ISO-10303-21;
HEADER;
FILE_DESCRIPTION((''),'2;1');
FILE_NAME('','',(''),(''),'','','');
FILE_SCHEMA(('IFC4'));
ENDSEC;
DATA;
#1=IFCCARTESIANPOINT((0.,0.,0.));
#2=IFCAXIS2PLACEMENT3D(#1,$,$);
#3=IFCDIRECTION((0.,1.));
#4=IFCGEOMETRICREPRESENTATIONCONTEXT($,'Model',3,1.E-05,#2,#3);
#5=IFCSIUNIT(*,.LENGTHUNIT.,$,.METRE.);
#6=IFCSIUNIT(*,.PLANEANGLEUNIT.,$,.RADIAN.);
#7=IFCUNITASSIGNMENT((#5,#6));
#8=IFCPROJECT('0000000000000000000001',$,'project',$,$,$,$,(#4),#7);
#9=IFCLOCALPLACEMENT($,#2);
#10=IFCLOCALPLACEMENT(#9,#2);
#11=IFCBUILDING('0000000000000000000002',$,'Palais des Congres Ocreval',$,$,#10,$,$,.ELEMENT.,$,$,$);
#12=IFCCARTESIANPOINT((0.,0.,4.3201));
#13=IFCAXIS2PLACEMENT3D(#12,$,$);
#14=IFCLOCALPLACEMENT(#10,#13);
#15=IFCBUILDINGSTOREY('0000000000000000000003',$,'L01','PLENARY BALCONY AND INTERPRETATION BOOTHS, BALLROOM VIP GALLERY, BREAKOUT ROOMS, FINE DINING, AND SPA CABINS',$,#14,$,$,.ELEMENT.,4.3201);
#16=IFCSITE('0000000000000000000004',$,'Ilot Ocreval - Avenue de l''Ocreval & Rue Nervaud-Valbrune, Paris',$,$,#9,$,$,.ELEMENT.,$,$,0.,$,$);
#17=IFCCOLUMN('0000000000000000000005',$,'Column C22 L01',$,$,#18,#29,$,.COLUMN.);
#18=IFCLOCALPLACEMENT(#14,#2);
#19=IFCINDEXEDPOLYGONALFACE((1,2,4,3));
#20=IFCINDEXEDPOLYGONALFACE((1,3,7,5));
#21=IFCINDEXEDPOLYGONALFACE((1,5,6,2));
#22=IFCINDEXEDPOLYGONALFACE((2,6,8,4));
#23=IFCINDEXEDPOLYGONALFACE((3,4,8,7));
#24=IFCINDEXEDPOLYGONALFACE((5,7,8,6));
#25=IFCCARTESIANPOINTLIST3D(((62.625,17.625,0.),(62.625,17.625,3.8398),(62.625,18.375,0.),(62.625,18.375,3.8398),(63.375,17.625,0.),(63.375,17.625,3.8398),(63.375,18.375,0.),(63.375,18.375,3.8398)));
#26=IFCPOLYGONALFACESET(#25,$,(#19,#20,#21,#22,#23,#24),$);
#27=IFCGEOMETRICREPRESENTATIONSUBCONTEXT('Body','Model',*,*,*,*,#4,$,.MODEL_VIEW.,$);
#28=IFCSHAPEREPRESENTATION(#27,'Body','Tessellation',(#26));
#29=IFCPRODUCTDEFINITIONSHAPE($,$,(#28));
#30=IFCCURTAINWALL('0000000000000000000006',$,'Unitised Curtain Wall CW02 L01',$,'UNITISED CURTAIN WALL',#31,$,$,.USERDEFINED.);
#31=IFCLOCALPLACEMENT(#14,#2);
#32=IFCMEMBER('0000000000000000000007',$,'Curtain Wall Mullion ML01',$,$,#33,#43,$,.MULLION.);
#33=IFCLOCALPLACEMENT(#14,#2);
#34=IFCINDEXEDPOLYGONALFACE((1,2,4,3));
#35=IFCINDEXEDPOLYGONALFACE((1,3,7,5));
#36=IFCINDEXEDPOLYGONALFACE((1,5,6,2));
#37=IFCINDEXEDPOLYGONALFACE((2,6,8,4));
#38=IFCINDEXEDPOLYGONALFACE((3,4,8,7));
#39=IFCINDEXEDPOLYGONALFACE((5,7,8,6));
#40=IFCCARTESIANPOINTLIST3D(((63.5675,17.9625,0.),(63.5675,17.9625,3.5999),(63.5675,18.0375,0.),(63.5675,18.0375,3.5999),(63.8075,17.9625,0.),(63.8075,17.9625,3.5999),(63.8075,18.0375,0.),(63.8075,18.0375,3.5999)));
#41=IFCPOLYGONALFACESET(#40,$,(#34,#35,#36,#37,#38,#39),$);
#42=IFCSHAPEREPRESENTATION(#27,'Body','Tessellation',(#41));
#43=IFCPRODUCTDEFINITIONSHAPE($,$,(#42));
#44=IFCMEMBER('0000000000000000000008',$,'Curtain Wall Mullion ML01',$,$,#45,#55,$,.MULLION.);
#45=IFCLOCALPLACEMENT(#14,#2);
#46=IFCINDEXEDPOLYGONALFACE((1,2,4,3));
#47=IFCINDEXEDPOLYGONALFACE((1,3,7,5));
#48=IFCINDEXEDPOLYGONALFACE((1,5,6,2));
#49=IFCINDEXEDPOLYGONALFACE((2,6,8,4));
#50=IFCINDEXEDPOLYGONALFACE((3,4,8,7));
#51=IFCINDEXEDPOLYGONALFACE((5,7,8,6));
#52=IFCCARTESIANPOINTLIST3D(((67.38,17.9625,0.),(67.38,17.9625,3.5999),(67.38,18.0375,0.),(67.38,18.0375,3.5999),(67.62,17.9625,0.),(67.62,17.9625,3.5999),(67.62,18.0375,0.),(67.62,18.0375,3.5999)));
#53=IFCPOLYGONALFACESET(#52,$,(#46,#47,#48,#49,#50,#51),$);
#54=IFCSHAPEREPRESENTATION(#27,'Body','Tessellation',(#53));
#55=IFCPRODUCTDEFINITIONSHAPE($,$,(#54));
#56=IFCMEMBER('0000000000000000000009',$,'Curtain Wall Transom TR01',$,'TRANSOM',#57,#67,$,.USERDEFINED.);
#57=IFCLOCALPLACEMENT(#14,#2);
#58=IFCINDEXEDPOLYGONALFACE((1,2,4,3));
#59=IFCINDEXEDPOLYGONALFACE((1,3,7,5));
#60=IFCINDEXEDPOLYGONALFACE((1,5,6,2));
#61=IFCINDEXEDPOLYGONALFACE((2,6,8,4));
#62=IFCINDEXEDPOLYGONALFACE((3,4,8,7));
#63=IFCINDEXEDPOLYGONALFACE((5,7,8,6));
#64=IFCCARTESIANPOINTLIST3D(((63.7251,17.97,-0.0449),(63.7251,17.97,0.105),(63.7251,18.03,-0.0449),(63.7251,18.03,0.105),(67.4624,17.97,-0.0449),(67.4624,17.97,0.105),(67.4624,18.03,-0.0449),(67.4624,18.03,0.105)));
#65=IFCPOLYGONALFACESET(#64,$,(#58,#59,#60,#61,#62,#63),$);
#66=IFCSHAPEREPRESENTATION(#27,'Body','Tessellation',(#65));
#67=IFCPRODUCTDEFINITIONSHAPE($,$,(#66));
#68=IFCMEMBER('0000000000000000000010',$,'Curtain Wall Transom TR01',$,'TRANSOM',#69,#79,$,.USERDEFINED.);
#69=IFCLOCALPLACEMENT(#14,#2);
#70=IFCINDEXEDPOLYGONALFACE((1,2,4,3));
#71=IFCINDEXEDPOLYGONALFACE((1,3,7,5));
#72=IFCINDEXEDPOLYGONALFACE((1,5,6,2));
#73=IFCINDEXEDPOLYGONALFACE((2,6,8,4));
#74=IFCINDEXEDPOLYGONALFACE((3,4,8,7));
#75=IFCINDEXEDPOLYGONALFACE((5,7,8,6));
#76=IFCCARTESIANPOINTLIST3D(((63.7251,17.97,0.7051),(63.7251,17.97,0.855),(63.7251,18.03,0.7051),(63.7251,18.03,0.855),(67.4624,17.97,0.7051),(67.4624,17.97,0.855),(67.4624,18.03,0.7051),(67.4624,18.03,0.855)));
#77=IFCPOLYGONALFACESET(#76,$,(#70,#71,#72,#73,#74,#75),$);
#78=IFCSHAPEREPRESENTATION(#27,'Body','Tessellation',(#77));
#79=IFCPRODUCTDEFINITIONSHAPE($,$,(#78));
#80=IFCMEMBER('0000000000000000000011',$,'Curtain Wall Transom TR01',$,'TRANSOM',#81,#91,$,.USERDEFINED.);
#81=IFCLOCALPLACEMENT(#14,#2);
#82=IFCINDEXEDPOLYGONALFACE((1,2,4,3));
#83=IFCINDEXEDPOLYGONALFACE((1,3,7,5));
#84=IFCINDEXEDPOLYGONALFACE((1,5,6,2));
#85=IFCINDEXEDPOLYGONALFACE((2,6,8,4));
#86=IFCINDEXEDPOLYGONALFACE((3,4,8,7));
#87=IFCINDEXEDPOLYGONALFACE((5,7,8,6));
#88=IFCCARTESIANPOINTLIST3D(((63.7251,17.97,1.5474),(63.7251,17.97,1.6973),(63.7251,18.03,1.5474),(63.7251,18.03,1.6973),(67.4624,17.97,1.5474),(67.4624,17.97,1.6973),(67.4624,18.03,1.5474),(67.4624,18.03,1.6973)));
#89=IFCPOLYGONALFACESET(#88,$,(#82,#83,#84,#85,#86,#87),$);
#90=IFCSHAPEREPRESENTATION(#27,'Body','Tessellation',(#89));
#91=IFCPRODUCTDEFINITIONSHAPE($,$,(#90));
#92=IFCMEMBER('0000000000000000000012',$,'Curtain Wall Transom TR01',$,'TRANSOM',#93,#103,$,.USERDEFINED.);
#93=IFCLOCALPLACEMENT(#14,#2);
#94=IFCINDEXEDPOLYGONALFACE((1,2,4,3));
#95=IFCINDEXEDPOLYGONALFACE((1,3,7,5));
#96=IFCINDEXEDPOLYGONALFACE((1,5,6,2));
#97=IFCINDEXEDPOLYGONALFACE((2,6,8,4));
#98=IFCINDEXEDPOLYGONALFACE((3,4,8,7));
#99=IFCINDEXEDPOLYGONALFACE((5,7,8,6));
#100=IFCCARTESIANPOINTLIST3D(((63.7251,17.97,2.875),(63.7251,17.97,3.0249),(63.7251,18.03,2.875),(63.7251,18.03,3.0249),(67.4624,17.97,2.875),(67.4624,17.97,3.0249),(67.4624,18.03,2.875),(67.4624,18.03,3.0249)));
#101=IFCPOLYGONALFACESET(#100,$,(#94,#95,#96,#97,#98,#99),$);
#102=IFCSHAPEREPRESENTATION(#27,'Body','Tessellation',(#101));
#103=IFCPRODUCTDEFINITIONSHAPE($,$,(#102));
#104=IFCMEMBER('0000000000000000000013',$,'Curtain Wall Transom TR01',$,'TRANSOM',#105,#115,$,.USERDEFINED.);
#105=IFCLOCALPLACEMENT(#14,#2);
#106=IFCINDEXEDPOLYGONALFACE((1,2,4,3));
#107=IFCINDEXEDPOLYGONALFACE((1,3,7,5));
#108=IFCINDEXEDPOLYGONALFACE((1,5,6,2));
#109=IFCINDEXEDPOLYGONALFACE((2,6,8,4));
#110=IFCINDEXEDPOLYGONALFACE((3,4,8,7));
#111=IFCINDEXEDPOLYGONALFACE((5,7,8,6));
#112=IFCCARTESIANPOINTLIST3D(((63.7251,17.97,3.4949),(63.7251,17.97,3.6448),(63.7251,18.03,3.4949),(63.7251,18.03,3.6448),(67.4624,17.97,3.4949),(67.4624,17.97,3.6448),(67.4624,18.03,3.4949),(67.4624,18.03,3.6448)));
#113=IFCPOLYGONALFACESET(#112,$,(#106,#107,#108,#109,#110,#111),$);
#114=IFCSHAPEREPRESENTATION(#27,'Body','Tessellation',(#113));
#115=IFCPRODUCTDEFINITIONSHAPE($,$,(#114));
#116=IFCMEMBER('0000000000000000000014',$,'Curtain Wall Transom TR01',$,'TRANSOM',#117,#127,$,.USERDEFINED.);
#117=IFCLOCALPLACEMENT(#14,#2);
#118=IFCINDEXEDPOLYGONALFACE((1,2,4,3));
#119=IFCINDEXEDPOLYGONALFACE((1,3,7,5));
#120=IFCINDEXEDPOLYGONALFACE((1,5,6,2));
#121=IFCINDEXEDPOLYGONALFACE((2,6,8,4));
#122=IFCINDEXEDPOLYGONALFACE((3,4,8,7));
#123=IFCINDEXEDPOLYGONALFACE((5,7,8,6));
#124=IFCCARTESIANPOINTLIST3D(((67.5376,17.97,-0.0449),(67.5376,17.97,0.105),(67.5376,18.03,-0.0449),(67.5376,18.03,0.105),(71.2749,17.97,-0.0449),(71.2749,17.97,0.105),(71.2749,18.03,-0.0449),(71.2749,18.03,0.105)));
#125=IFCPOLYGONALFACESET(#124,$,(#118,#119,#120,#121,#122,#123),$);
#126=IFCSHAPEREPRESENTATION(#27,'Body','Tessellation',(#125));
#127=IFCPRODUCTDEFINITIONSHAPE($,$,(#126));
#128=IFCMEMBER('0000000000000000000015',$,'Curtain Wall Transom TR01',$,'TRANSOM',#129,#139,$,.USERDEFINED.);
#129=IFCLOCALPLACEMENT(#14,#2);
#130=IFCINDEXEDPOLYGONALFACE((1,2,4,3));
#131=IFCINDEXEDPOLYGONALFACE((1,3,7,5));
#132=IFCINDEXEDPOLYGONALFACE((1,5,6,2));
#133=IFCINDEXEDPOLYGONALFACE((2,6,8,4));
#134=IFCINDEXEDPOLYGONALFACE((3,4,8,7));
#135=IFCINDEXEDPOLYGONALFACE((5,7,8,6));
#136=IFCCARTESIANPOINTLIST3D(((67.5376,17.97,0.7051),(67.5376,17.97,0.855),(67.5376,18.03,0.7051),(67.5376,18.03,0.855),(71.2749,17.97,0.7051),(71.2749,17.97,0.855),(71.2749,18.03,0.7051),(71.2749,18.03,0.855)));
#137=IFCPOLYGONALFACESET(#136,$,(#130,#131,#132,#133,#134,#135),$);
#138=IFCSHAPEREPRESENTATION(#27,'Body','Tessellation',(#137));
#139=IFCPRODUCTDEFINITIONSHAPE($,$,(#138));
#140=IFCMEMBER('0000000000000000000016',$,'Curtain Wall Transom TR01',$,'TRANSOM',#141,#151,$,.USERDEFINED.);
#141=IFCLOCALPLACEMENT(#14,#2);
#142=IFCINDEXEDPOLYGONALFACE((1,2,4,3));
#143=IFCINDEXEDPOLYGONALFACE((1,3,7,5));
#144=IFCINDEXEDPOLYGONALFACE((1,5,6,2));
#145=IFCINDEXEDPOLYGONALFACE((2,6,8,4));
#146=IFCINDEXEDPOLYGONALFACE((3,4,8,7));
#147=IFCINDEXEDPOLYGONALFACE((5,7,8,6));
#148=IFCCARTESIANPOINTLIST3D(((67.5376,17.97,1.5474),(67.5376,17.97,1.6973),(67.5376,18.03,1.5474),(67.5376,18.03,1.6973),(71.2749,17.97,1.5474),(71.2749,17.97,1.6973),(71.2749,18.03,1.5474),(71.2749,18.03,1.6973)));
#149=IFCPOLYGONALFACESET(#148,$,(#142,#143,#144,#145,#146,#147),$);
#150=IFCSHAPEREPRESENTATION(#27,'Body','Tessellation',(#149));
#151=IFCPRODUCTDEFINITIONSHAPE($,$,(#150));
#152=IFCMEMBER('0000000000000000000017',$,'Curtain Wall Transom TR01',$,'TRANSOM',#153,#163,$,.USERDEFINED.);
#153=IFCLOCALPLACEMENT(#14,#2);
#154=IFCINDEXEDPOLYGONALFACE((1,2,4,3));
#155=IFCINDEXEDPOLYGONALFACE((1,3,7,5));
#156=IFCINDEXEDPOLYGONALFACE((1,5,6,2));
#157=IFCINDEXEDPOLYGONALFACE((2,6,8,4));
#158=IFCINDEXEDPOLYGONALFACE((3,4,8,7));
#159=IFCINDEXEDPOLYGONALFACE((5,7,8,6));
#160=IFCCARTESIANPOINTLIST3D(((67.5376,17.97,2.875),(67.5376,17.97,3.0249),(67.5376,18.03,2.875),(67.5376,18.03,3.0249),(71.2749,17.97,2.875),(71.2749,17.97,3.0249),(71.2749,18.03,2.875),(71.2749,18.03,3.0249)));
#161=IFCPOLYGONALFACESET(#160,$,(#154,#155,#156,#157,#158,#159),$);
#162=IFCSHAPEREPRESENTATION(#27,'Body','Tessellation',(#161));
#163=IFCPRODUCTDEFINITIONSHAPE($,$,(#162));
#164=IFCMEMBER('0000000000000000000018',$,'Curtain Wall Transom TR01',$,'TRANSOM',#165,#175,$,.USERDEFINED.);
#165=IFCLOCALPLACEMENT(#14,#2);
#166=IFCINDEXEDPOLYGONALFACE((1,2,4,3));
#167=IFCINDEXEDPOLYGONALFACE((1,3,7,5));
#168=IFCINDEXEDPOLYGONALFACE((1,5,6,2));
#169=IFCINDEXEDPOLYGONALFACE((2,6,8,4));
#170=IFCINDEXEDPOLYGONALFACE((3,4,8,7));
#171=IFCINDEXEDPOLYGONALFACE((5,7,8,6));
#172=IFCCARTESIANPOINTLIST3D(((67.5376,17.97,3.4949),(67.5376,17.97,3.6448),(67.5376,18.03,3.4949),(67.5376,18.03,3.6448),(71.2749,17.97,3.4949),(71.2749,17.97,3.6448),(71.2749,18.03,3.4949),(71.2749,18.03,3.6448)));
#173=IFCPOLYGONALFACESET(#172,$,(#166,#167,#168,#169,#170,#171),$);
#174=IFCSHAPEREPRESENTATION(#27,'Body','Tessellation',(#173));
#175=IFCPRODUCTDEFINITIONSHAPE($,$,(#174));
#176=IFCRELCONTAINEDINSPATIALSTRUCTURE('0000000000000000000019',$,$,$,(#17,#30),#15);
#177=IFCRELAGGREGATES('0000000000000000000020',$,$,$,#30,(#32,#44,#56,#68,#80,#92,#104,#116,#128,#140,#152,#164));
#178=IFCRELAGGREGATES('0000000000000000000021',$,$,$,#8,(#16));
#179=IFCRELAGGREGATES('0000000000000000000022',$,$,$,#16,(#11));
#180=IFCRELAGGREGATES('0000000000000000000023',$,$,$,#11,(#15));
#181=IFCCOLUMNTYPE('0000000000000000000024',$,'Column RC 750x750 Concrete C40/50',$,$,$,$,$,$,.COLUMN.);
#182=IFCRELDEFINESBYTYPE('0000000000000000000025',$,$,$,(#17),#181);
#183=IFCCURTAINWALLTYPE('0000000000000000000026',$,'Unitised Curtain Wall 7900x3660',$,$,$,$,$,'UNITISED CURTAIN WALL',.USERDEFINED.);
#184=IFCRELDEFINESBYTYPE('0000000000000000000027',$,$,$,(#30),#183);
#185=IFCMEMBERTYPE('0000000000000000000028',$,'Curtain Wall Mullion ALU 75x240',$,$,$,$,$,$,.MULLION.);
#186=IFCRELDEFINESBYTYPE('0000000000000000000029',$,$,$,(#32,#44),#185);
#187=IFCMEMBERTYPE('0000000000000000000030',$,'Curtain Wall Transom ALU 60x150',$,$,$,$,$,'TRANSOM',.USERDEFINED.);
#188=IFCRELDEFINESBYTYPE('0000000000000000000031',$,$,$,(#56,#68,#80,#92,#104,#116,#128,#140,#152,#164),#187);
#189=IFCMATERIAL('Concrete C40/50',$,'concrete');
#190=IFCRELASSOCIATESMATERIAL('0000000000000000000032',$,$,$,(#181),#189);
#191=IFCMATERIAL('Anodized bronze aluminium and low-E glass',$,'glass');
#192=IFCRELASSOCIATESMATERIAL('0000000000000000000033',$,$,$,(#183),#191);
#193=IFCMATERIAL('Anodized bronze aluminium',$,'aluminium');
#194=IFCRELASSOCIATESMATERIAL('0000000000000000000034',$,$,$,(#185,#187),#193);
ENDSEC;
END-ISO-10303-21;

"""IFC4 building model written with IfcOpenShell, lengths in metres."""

from ifc_helpers import new_model, si_unit, direction, frame, origin, origin_2d, place, context, subcontext, project, spatial, rectangle, extrude, material, material_profile, profile_set, type_object, element, aggregate, save


model = new_model("IFC4")

# Units and contexts
model_context = context("Model", 3, precision=1e-05, world=origin(), true_north=direction((0.0, 1.0)))
body_context = subcontext(model_context, "Body", "Model", "MODEL_VIEW")
ifc_project = project(units=[si_unit("LENGTHUNIT", "METRE"), si_unit("PLANEANGLEUNIT", "RADIAN")], contexts=[model_context])

# Site, building, storey
site_placement = place(None, origin())
site = spatial("IfcSite", under=ifc_project, at=site_placement, Name="Ilot Ocreval - Avenue de l'Ocreval & Rue Nervaud-Valbrune, Paris", CompositionType="ELEMENT", RefElevation=0.0)
building_placement = place(site_placement, origin())
building = spatial("IfcBuilding", under=site, at=building_placement, Name="Palais des Congres Ocreval", CompositionType="ELEMENT")
storey_placement = place(building_placement, frame((0.0, 0.0, 4.3201)))
storey = spatial("IfcBuildingStorey", under=building, at=storey_placement, Name="L01", Description="PLENARY BALCONY AND INTERPRETATION BOOTHS, BALLROOM VIP GALLERY, BREAKOUT ROOMS, FINE DINING, AND SPA CABINS", CompositionType="ELEMENT", Elevation=4.3201)

# Column
ifc_material_1 = material(Name="Concrete C40/50", Category="concrete")
ifc_material_profile_1 = material_profile(ifc_material_1, rectangle(XDim=0.75, YDim=0.75, at=origin_2d()), Name="RC 750x750")
ifc_profile_set_1 = profile_set([ifc_material_profile_1], Name="Concrete C40/50")
column_type = type_object("IfcColumnType", Name="Column RC 750x750 Concrete C40/50", PredefinedType="COLUMN", material=ifc_profile_set_1)
column_placement = place(storey_placement, frame((63.0, 18.0, 0.0), z_axis=(0.0, 0.0, 1.0), x_axis=(1.0, 0.0, 0.0)))
element("IfcColumn", 1, at=column_placement, inside=storey, type_object=column_type, Name="Column C22 L01", PredefinedType="COLUMN", context=body_context, shape_type="SweptSolid", body=[
    extrude(rectangle(XDim=0.75, YDim=0.75, at=origin_2d()), origin(), (0.0, 0.0, 1.0), 3.8398),
])

# Curtain wall, members
ifc_material_2 = material(Name="Anodized bronze aluminium and low-E glass", Category="glass")
curtain_wall_type = type_object("IfcCurtainWallType", Name="Unitised Curtain Wall 7900x3660", ElementType="UNITISED CURTAIN WALL", PredefinedType="USERDEFINED", material=ifc_material_2)
curtain_wall_placement = place(storey_placement, origin())
curtain_wall = element("IfcCurtainWall", 2, at=curtain_wall_placement, inside=storey, type_object=curtain_wall_type, Name="Unitised Curtain Wall CW02 L01", ObjectType="UNITISED CURTAIN WALL", PredefinedType="USERDEFINED")
ifc_material_3 = material(Name="Anodized bronze aluminium", Category="aluminium")
ifc_material_profile_2 = material_profile(ifc_material_3, rectangle(XDim=0.075, YDim=0.24, at=origin_2d()), Name="ALU 75x240")
ifc_profile_set_2 = profile_set([ifc_material_profile_2], Name="Anodized bronze aluminium")
member_type_1 = type_object("IfcMemberType", Name="Curtain Wall Mullion ALU 75x240", PredefinedType="MULLION", material=ifc_profile_set_2)
member_1_placement = place(storey_placement, frame((63.6875, 18.0, 0.0), z_axis=(0.0, 0.0, 1.0), x_axis=(0.0, 1.0, 0.0)))
member_1 = element("IfcMember", 3, at=member_1_placement, type_object=member_type_1, Name="Curtain Wall Mullion ML01", PredefinedType="MULLION", context=body_context, shape_type="SweptSolid", body=[
    extrude(rectangle(XDim=0.075, YDim=0.24, at=origin_2d()), origin(), (0.0, 0.0, 1.0), 3.5999),
])
member_2_placement = place(storey_placement, frame((67.5, 18.0, 0.0), z_axis=(0.0, 0.0, 1.0), x_axis=(0.0, 1.0, 0.0)))
member_2 = element("IfcMember", 4, at=member_2_placement, type_object=member_type_1, Name="Curtain Wall Mullion ML01", PredefinedType="MULLION", context=body_context, shape_type="SweptSolid", body=[
    extrude(rectangle(XDim=0.075, YDim=0.24, at=origin_2d()), origin(), (0.0, 0.0, 1.0), 3.5999),
])
ifc_material_profile_3 = material_profile(ifc_material_3, rectangle(XDim=0.0601, YDim=0.1499, at=origin_2d()), Name="ALU 60x150")
ifc_profile_set_3 = profile_set([ifc_material_profile_3], Name="Anodized bronze aluminium")
member_type_2 = type_object("IfcMemberType", Name="Curtain Wall Transom ALU 60x150", ElementType="TRANSOM", PredefinedType="USERDEFINED", material=ifc_profile_set_3)
member_3_placement = place(storey_placement, frame((63.7251, 18.0, 0.03), z_axis=(1.0, 0.0, 0.0), x_axis=(0.0, 1.0, 0.0)))
member_3 = element("IfcMember", 5, at=member_3_placement, type_object=member_type_2, Name="Curtain Wall Transom TR01", ObjectType="TRANSOM", PredefinedType="USERDEFINED", context=body_context, shape_type="SweptSolid", body=[
    extrude(rectangle(XDim=0.0601, YDim=0.1499, at=origin_2d()), origin(), (0.0, 0.0, 1.0), 3.7373),
])
member_4_placement = place(storey_placement, frame((63.7251, 18.0, 0.78), z_axis=(1.0, 0.0, 0.0), x_axis=(0.0, 1.0, 0.0)))
member_4 = element("IfcMember", 6, at=member_4_placement, type_object=member_type_2, Name="Curtain Wall Transom TR01", ObjectType="TRANSOM", PredefinedType="USERDEFINED", context=body_context, shape_type="SweptSolid", body=[
    extrude(rectangle(XDim=0.0601, YDim=0.1499, at=origin_2d()), origin(), (0.0, 0.0, 1.0), 3.7373),
])
member_5_placement = place(storey_placement, frame((63.7251, 18.0, 1.6223), z_axis=(1.0, 0.0, 0.0), x_axis=(0.0, 1.0, 0.0)))
member_5 = element("IfcMember", 7, at=member_5_placement, type_object=member_type_2, Name="Curtain Wall Transom TR01", ObjectType="TRANSOM", PredefinedType="USERDEFINED", context=body_context, shape_type="SweptSolid", body=[
    extrude(rectangle(XDim=0.0601, YDim=0.1499, at=origin_2d()), origin(), (0.0, 0.0, 1.0), 3.7373),
])
member_6_placement = place(storey_placement, frame((63.7251, 18.0, 2.95), z_axis=(1.0, 0.0, 0.0), x_axis=(0.0, 1.0, 0.0)))
member_6 = element("IfcMember", 8, at=member_6_placement, type_object=member_type_2, Name="Curtain Wall Transom TR01", ObjectType="TRANSOM", PredefinedType="USERDEFINED", context=body_context, shape_type="SweptSolid", body=[
    extrude(rectangle(XDim=0.0601, YDim=0.1499, at=origin_2d()), origin(), (0.0, 0.0, 1.0), 3.7373),
])
member_7_placement = place(storey_placement, frame((63.7251, 18.0, 3.5698), z_axis=(1.0, 0.0, 0.0), x_axis=(0.0, 1.0, 0.0)))
member_7 = element("IfcMember", 9, at=member_7_placement, type_object=member_type_2, Name="Curtain Wall Transom TR01", ObjectType="TRANSOM", PredefinedType="USERDEFINED", context=body_context, shape_type="SweptSolid", body=[
    extrude(rectangle(XDim=0.0601, YDim=0.1499, at=origin_2d()), origin(), (0.0, 0.0, 1.0), 3.7373),
])
member_8_placement = place(storey_placement, frame((67.5376, 18.0, 0.03), z_axis=(1.0, 0.0, 0.0), x_axis=(0.0, 1.0, 0.0)))
member_8 = element("IfcMember", 10, at=member_8_placement, type_object=member_type_2, Name="Curtain Wall Transom TR01", ObjectType="TRANSOM", PredefinedType="USERDEFINED", context=body_context, shape_type="SweptSolid", body=[
    extrude(rectangle(XDim=0.0601, YDim=0.1499, at=origin_2d()), origin(), (0.0, 0.0, 1.0), 3.7373),
])
member_9_placement = place(storey_placement, frame((67.5376, 18.0, 0.78), z_axis=(1.0, 0.0, 0.0), x_axis=(0.0, 1.0, 0.0)))
member_9 = element("IfcMember", 11, at=member_9_placement, type_object=member_type_2, Name="Curtain Wall Transom TR01", ObjectType="TRANSOM", PredefinedType="USERDEFINED", context=body_context, shape_type="SweptSolid", body=[
    extrude(rectangle(XDim=0.0601, YDim=0.1499, at=origin_2d()), origin(), (0.0, 0.0, 1.0), 3.7373),
])
member_10_placement = place(storey_placement, frame((67.5376, 18.0, 1.6223), z_axis=(1.0, 0.0, 0.0), x_axis=(0.0, 1.0, 0.0)))
member_10 = element("IfcMember", 12, at=member_10_placement, type_object=member_type_2, Name="Curtain Wall Transom TR01", ObjectType="TRANSOM", PredefinedType="USERDEFINED", context=body_context, shape_type="SweptSolid", body=[
    extrude(rectangle(XDim=0.0601, YDim=0.1499, at=origin_2d()), origin(), (0.0, 0.0, 1.0), 3.7373),
])
member_11_placement = place(storey_placement, frame((67.5376, 18.0, 2.95), z_axis=(1.0, 0.0, 0.0), x_axis=(0.0, 1.0, 0.0)))
member_11 = element("IfcMember", 13, at=member_11_placement, type_object=member_type_2, Name="Curtain Wall Transom TR01", ObjectType="TRANSOM", PredefinedType="USERDEFINED", context=body_context, shape_type="SweptSolid", body=[
    extrude(rectangle(XDim=0.0601, YDim=0.1499, at=origin_2d()), origin(), (0.0, 0.0, 1.0), 3.7373),
])
member_12_placement = place(storey_placement, frame((67.5376, 18.0, 3.5698), z_axis=(1.0, 0.0, 0.0), x_axis=(0.0, 1.0, 0.0)))
member_12 = element("IfcMember", 14, at=member_12_placement, type_object=member_type_2, Name="Curtain Wall Transom TR01", ObjectType="TRANSOM", PredefinedType="USERDEFINED", context=body_context, shape_type="SweptSolid", body=[
    extrude(rectangle(XDim=0.0601, YDim=0.1499, at=origin_2d()), origin(), (0.0, 0.0, 1.0), 3.7373),
])

aggregate(curtain_wall, [member_1, member_2, member_3, member_4, member_5, member_6, member_7, member_8, member_9, member_10, member_11, member_12])

save(model, "model.ifc")
